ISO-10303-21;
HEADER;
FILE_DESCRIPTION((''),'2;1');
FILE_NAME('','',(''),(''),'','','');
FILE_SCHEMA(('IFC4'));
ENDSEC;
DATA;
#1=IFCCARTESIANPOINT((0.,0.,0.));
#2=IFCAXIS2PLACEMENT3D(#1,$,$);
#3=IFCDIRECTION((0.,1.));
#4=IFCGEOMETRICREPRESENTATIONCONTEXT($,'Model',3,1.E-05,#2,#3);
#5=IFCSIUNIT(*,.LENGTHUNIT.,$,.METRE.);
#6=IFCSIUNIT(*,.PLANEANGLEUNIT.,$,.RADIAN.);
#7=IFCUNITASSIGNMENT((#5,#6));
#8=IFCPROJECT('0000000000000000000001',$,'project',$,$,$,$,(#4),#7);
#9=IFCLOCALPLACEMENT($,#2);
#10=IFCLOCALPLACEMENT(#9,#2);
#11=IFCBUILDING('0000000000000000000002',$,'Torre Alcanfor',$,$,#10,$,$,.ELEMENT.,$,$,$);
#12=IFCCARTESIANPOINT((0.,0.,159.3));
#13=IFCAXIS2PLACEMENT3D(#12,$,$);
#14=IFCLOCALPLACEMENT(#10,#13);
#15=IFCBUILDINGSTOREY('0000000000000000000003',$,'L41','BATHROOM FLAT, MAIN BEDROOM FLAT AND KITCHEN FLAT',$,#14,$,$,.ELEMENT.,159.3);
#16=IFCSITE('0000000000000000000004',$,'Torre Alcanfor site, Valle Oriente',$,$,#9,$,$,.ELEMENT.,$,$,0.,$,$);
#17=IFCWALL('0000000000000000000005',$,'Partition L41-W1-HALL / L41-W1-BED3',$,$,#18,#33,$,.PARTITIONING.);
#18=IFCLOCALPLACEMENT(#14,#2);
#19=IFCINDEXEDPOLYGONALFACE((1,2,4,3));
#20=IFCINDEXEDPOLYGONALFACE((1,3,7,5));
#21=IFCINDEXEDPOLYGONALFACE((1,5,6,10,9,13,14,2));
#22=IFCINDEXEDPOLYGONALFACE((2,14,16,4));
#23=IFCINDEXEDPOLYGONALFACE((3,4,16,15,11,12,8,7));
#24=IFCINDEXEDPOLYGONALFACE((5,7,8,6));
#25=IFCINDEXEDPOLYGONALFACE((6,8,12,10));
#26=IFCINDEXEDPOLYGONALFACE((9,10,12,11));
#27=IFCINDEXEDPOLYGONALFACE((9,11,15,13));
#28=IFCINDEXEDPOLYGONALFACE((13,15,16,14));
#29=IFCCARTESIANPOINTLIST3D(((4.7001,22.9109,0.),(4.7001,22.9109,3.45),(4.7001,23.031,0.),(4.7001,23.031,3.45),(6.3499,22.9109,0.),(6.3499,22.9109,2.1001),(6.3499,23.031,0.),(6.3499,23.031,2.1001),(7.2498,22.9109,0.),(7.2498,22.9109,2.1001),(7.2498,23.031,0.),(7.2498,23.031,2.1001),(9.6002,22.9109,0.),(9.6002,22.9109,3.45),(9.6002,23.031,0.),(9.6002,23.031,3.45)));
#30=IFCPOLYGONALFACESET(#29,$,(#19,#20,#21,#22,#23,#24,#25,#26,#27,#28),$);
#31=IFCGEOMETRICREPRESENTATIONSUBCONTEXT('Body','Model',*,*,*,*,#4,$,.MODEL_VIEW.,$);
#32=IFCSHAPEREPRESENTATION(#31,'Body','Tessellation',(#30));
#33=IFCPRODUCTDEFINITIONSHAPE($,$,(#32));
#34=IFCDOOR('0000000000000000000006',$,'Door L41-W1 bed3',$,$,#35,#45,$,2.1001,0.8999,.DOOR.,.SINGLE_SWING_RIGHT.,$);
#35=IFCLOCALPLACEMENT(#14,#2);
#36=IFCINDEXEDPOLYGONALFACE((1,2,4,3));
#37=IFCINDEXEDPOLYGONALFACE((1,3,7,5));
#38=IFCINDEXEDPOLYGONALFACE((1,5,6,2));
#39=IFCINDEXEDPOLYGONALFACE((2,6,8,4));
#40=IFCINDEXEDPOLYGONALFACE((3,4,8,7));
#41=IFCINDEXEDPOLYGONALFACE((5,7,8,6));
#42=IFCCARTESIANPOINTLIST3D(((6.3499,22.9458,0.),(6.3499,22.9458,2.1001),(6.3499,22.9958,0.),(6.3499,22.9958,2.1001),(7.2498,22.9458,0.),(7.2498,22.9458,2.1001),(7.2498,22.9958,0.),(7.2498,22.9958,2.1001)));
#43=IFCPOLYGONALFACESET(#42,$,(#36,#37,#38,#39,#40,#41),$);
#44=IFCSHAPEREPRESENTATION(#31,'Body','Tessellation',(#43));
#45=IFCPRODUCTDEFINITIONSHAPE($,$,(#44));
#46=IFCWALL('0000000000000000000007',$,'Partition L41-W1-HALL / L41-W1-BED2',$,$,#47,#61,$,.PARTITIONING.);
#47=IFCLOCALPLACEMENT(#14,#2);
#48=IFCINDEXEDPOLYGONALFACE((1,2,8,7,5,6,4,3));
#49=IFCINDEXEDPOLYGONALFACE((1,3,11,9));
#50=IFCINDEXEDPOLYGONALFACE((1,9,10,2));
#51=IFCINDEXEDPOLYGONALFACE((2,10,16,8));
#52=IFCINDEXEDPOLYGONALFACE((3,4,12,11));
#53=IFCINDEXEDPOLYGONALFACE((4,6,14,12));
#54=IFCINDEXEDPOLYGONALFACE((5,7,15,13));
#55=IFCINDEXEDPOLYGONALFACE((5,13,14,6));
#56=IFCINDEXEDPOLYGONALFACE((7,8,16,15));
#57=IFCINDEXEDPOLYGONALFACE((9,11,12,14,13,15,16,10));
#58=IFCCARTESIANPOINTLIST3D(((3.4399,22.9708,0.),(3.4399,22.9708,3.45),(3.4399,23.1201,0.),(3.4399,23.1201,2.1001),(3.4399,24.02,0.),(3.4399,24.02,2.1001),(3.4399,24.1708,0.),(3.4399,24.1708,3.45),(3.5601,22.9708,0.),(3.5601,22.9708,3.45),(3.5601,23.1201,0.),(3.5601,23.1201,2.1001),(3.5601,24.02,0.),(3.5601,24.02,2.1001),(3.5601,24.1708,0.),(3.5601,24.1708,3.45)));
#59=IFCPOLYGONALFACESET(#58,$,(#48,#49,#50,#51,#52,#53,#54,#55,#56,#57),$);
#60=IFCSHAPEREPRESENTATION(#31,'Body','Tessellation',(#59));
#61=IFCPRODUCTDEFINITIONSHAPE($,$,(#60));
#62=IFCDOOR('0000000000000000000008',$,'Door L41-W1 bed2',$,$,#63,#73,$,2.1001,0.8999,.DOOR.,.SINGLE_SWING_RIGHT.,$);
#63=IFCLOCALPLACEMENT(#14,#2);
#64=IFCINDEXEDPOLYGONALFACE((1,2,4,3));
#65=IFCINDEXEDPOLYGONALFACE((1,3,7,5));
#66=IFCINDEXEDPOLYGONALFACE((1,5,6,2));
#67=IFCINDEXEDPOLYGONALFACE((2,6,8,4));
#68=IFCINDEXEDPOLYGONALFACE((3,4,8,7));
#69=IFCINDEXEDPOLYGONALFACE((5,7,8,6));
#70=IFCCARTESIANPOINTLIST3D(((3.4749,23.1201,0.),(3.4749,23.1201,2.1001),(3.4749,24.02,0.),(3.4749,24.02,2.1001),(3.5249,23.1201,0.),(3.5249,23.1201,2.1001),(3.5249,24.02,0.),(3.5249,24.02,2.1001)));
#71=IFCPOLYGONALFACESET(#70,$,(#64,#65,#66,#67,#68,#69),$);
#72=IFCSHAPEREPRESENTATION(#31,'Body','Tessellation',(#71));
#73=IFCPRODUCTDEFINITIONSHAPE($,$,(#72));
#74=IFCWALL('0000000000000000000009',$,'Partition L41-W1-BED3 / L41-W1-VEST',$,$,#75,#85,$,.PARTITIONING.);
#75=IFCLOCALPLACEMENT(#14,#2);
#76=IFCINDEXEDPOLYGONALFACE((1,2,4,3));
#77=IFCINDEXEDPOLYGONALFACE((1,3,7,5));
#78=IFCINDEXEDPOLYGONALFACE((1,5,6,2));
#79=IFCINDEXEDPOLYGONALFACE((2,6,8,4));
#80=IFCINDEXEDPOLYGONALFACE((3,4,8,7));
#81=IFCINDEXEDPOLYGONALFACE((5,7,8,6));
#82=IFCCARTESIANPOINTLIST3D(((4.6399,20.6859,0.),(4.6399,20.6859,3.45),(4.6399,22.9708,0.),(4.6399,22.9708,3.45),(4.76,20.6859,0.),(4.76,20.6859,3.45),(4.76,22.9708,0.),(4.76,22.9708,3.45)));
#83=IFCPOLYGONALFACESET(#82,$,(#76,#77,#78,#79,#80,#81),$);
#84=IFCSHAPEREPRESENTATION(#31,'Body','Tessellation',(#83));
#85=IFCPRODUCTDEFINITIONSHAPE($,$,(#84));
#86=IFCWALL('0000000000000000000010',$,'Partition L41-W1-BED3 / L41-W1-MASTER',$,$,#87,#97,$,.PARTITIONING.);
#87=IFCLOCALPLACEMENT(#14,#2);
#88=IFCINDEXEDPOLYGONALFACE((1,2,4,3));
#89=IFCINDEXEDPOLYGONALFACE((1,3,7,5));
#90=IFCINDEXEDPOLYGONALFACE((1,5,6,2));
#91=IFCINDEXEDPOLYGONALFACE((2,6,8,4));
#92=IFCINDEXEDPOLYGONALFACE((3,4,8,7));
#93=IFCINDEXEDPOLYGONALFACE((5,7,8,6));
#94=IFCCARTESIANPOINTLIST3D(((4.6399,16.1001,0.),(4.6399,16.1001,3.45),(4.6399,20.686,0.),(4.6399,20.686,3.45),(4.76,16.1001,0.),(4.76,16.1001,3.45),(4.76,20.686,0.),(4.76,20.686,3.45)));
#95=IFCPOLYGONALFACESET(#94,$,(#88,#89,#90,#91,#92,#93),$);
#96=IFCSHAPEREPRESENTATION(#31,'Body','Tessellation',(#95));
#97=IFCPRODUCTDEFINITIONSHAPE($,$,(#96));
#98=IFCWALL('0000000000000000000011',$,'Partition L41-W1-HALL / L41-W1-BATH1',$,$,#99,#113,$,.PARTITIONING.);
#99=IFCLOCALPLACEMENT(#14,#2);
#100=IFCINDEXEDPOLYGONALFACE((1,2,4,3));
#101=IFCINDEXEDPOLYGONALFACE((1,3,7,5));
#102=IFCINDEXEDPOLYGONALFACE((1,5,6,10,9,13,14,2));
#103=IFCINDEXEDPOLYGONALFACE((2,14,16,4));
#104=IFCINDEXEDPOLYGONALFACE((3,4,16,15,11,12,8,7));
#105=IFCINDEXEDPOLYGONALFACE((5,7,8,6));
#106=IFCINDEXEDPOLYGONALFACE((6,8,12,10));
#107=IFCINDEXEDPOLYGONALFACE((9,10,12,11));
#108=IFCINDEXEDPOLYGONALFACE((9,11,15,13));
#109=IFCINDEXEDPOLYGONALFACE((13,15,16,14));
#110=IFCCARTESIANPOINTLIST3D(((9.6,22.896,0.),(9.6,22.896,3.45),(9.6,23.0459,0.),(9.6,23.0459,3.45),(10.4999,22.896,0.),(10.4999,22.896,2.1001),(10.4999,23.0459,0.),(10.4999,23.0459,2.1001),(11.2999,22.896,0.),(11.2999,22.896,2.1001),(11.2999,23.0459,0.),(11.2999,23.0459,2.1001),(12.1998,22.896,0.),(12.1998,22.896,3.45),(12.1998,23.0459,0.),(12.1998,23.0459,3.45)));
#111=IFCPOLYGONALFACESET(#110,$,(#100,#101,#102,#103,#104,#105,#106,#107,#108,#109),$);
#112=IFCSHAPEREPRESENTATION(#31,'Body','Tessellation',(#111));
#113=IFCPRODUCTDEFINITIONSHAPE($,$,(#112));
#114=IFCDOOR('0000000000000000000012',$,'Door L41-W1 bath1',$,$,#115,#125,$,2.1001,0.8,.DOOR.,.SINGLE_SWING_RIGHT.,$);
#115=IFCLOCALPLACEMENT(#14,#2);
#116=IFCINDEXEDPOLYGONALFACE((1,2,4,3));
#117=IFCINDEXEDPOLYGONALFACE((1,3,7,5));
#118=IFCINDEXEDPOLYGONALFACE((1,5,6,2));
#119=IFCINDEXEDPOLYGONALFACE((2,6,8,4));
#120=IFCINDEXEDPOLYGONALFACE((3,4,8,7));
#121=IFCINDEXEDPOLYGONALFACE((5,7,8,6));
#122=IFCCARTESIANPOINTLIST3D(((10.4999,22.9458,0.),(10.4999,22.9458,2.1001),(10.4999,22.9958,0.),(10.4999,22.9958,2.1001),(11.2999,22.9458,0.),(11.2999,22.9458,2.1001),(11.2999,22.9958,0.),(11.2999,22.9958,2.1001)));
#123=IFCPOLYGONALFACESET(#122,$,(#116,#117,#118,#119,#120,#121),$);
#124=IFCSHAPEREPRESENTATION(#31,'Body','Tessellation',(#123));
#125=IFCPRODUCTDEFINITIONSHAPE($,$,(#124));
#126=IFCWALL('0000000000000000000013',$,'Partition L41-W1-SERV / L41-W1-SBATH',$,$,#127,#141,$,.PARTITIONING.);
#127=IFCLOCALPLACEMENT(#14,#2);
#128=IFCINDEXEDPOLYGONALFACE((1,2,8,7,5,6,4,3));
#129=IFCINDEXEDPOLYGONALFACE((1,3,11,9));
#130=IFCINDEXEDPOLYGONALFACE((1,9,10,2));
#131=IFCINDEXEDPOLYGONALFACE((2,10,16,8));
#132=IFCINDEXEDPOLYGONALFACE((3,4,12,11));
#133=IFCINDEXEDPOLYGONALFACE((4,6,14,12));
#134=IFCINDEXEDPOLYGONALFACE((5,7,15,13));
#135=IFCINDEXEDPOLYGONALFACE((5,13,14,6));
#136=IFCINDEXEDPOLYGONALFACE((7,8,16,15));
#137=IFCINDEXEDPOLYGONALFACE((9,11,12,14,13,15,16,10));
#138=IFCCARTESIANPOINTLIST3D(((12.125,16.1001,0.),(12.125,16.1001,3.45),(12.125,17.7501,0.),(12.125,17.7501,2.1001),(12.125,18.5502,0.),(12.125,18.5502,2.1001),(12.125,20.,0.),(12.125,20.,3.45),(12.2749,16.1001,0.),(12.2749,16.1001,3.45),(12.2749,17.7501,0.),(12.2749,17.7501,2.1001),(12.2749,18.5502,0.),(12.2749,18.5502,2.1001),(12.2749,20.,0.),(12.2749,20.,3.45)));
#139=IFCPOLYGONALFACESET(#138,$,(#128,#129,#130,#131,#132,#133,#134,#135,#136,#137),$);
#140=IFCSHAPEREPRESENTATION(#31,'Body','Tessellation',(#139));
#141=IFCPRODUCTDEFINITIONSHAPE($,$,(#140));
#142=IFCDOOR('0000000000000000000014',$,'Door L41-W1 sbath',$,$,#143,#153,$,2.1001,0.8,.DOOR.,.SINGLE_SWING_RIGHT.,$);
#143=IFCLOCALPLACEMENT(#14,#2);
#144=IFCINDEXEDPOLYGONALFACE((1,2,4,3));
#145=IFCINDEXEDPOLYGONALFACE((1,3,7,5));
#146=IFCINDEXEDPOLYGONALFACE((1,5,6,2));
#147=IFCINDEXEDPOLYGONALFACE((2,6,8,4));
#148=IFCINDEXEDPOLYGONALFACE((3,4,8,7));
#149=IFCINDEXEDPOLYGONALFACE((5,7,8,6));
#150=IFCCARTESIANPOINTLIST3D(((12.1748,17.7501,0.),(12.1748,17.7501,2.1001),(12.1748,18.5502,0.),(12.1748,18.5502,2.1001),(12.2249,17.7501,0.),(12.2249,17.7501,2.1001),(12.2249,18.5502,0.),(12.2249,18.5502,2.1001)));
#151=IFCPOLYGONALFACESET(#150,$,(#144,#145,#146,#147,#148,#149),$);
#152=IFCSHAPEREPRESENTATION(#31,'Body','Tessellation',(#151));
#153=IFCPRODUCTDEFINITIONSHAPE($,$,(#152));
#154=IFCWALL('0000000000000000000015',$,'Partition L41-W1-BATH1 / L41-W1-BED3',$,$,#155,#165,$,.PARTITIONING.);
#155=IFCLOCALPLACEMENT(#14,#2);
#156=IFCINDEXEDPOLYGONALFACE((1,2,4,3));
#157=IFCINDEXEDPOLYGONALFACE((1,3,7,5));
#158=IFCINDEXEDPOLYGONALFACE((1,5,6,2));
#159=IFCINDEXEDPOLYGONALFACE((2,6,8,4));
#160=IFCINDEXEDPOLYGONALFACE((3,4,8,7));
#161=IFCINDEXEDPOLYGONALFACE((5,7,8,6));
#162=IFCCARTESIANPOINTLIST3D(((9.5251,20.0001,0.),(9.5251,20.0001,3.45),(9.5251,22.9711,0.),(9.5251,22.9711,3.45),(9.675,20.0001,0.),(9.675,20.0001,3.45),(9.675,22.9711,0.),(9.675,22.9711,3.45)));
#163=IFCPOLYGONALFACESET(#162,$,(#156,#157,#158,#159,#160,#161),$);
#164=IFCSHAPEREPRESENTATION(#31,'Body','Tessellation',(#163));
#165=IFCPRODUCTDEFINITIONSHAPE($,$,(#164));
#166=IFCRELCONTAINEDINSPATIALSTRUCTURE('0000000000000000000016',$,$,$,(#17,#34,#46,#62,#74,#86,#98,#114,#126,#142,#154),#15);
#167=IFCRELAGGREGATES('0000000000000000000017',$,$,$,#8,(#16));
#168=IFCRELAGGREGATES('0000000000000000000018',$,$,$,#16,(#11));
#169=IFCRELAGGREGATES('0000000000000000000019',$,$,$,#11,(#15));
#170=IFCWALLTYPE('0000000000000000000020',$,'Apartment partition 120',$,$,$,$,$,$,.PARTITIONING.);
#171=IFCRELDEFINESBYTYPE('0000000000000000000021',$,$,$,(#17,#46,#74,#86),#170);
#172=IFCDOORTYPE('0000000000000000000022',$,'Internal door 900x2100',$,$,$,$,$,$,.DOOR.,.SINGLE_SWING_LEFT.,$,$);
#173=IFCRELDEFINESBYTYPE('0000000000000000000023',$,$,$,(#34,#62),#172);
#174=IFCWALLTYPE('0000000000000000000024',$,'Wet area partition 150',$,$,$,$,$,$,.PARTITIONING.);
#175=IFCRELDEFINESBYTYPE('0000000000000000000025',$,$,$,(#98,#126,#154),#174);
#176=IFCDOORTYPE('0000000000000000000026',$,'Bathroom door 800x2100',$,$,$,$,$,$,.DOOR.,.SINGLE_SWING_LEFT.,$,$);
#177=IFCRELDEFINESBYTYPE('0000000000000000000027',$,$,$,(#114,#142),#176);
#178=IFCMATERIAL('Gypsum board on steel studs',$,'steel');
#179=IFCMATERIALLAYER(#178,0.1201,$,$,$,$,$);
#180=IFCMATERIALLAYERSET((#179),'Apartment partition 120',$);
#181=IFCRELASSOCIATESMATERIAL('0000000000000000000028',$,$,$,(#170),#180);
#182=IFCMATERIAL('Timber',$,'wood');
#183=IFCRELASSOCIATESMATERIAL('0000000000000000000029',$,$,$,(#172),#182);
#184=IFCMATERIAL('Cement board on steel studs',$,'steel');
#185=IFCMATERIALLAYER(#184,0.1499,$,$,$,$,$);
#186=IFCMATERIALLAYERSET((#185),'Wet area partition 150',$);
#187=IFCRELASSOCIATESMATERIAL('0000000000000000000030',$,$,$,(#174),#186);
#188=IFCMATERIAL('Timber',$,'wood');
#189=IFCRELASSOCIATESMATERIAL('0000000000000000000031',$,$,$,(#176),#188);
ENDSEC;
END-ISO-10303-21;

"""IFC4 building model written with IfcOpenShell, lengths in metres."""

from ifc_helpers import new_model, si_unit, direction, frame, frame_2d, origin, place, context, subcontext, project, spatial, rectangle, extrude, material, layer, layer_set, type_object, element, fill, save


model = new_model("IFC4")

# Units and contexts
model_context = context("Model", 3, precision=1e-05, world=origin(), true_north=direction((0.0, 1.0)))
body_context = subcontext(model_context, "Body", "Model", "MODEL_VIEW")
ifc_project = project(units=[si_unit("LENGTHUNIT", "METRE"), si_unit("PLANEANGLEUNIT", "RADIAN")], contexts=[model_context])

# Site, building, storey
site_placement = place(None, origin())
site = spatial("IfcSite", under=ifc_project, at=site_placement, Name="Torre Alcanfor site, Valle Oriente", CompositionType="ELEMENT", RefElevation=0.0)
building_placement = place(site_placement, origin())
building = spatial("IfcBuilding", under=site, at=building_placement, Name="Torre Alcanfor", CompositionType="ELEMENT")
storey_placement = place(building_placement, frame((0.0, 0.0, 159.3)))
storey = spatial("IfcBuildingStorey", under=building, at=storey_placement, Name="L41", Description="BATHROOM FLAT, MAIN BEDROOM FLAT AND KITCHEN FLAT", CompositionType="ELEMENT", Elevation=159.3)

# Shared definitions
ifc_material_1 = material(Name="Gypsum board on steel studs", Category="steel")
ifc_layer_1 = layer(ifc_material_1, 0.1201)
ifc_layer_set_1 = layer_set([ifc_layer_1], Name="Apartment partition 120")
wall_type_1 = type_object("IfcWallType", Name="Apartment partition 120", PredefinedType="PARTITIONING", material=ifc_layer_set_1)
ifc_material_2 = material(Name="Timber", Category="wood")
door_type_1 = type_object("IfcDoorType", Name="Internal door 900x2100", OperationType="SINGLE_SWING_LEFT", PredefinedType="DOOR", material=ifc_material_2)

# Walls, openings, doors
wall_1_placement = place(storey_placement, frame((4.7, 22.9709, 0.0), z_axis=(0.0, 0.0, 1.0), x_axis=(1.0, 0.0, 0.0)))
wall_1 = element("IfcWall", 1, at=wall_1_placement, inside=storey, type_object=wall_type_1, Name="Partition L41-W1-HALL / L41-W1-BED3", PredefinedType="PARTITIONING", context=body_context, shape_type="SweptSolid", body=[
    extrude(rectangle(XDim=4.9001, YDim=0.1201, at=frame_2d((2.4502, 0.0))), origin(), (0.0, 0.0, 1.0), 3.45),
])
opening_1_placement = place(wall_1_placement, frame((1.6499, 0.0, 0.0)))
opening_1 = element("IfcOpeningElement", 2, at=opening_1_placement, cuts=wall_1, PredefinedType="OPENING", context=body_context, shape_type="SweptSolid", body=[
    extrude(rectangle(XDim=0.8999, YDim=2.1001, at=frame_2d((0.45, 1.05))), frame((0.0, 0.0701, 0.0), z_axis=(0.0, -1.0, 0.0), x_axis=(1.0, 0.0, 0.0)), (0.0, 0.0, 1.0), 0.1401),
])
door_1_placement = place(opening_1_placement, frame((0.8999, 0.0, 0.0), z_axis=(0.0, 0.0, 1.0), x_axis=(-1.0, 0.0, 0.0)))
door_1 = element("IfcDoor", 3, at=door_1_placement, inside=storey, type_object=door_type_1, Name="Door L41-W1 bed3", OperationType="SINGLE_SWING_RIGHT", OverallHeight=2.1001, OverallWidth=0.8999, PredefinedType="DOOR", context=body_context, shape_type="SweptSolid", body=[
    extrude(rectangle(XDim=0.8999, YDim=2.1001, at=frame_2d((0.45, 1.05))), frame((0.0, 0.0251, 0.0), z_axis=(0.0, -1.0, 0.0), x_axis=(1.0, 0.0, 0.0)), (0.0, 0.0, 1.0), 0.05),
])
fill(opening_1, door_1)
wall_2_placement = place(storey_placement, frame((3.5, 24.1709, 0.0), z_axis=(0.0, 0.0, 1.0), x_axis=(0.0, -1.0, 0.0)))
wall_2 = element("IfcWall", 4, at=wall_2_placement, inside=storey, type_object=wall_type_1, Name="Partition L41-W1-HALL / L41-W1-BED2", PredefinedType="PARTITIONING", context=body_context, shape_type="SweptSolid", body=[
    extrude(rectangle(XDim=1.2, YDim=0.1201, at=frame_2d((0.6001, 0.0))), origin(), (0.0, 0.0, 1.0), 3.45),
])
opening_2_placement = place(wall_2_placement, frame((0.1509, 0.0, 0.0)))
opening_2 = element("IfcOpeningElement", 5, at=opening_2_placement, cuts=wall_2, PredefinedType="OPENING", context=body_context, shape_type="SweptSolid", body=[
    extrude(rectangle(XDim=0.8999, YDim=2.1001, at=frame_2d((0.45, 1.05))), frame((0.0, 0.0701, 0.0), z_axis=(0.0, -1.0, 0.0), x_axis=(1.0, 0.0, 0.0)), (0.0, 0.0, 1.0), 0.1401),
])
door_2_placement = place(opening_2_placement, frame((0.8999, 0.0, 0.0), z_axis=(0.0, 0.0, 1.0), x_axis=(-1.0, 0.0, 0.0)))
door_2 = element("IfcDoor", 6, at=door_2_placement, inside=storey, type_object=door_type_1, Name="Door L41-W1 bed2", OperationType="SINGLE_SWING_RIGHT", OverallHeight=2.1001, OverallWidth=0.8999, PredefinedType="DOOR", context=body_context, shape_type="SweptSolid", body=[
    extrude(rectangle(XDim=0.8999, YDim=2.1001, at=frame_2d((0.45, 1.05))), frame((0.0, 0.0251, 0.0), z_axis=(0.0, -1.0, 0.0), x_axis=(1.0, 0.0, 0.0)), (0.0, 0.0, 1.0), 0.05),
])
fill(opening_2, door_2)

# Walls
wall_3_placement = place(storey_placement, frame((4.7, 22.9709, 0.0), z_axis=(0.0, 0.0, 1.0), x_axis=(0.0, -1.0, 0.0)))
element("IfcWall", 7, at=wall_3_placement, inside=storey, type_object=wall_type_1, Name="Partition L41-W1-BED3 / L41-W1-VEST", PredefinedType="PARTITIONING", context=body_context, shape_type="SweptSolid", body=[
    extrude(rectangle(XDim=2.2849, YDim=0.1201, at=frame_2d((1.1426, 0.0))), origin(), (0.0, 0.0, 1.0), 3.45),
])
wall_4_placement = place(storey_placement, frame((4.7, 20.686, 0.0), z_axis=(0.0, 0.0, 1.0), x_axis=(0.0, -1.0, 0.0)))
element("IfcWall", 8, at=wall_4_placement, inside=storey, type_object=wall_type_1, Name="Partition L41-W1-BED3 / L41-W1-MASTER", PredefinedType="PARTITIONING", context=body_context, shape_type="SweptSolid", body=[
    extrude(rectangle(XDim=4.5859, YDim=0.1201, at=frame_2d((2.293, 0.0))), origin(), (0.0, 0.0, 1.0), 3.45),
])

# Walls, openings, doors
ifc_material_3 = material(Name="Cement board on steel studs", Category="steel")
ifc_layer_2 = layer(ifc_material_3, 0.1499)
ifc_layer_set_2 = layer_set([ifc_layer_2], Name="Wet area partition 150")
wall_type_2 = type_object("IfcWallType", Name="Wet area partition 150", PredefinedType="PARTITIONING", material=ifc_layer_set_2)
wall_5_placement = place(storey_placement, frame((9.6001, 22.9709, 0.0), z_axis=(0.0, 0.0, 1.0), x_axis=(1.0, 0.0, 0.0)))
wall_5 = element("IfcWall", 9, at=wall_5_placement, inside=storey, type_object=wall_type_2, Name="Partition L41-W1-HALL / L41-W1-BATH1", PredefinedType="PARTITIONING", context=body_context, shape_type="SweptSolid", body=[
    extrude(rectangle(XDim=2.5999, YDim=0.1499, at=frame_2d((1.2998, 0.0))), origin(), (0.0, 0.0, 1.0), 3.45),
])
opening_3_placement = place(wall_5_placement, frame((0.8999, 0.0, 0.0)))
opening_3 = element("IfcOpeningElement", 10, at=opening_3_placement, cuts=wall_5, PredefinedType="OPENING", context=body_context, shape_type="SweptSolid", body=[
    extrude(rectangle(XDim=0.8, YDim=2.1001, at=frame_2d((0.3999, 1.05))), frame((0.0, 0.085, 0.0), z_axis=(0.0, -1.0, 0.0), x_axis=(1.0, 0.0, 0.0)), (0.0, 0.0, 1.0), 0.1699),
])
ifc_material_4 = material(Name="Timber", Category="wood")
door_type_2 = type_object("IfcDoorType", Name="Bathroom door 800x2100", OperationType="SINGLE_SWING_LEFT", PredefinedType="DOOR", material=ifc_material_4)
door_3_placement = place(opening_3_placement, frame((0.8, 0.0, 0.0), z_axis=(0.0, 0.0, 1.0), x_axis=(-1.0, 0.0, 0.0)))
door_3 = element("IfcDoor", 11, at=door_3_placement, inside=storey, type_object=door_type_2, Name="Door L41-W1 bath1", OperationType="SINGLE_SWING_RIGHT", OverallHeight=2.1001, OverallWidth=0.8, PredefinedType="DOOR", context=body_context, shape_type="SweptSolid", body=[
    extrude(rectangle(XDim=0.8, YDim=2.1001, at=frame_2d((0.4001, 1.05))), frame((0.0, 0.0251, 0.0), z_axis=(0.0, -1.0, 0.0), x_axis=(1.0, 0.0, 0.0)), (0.0, 0.0, 1.0), 0.05),
])
fill(opening_3, door_3)
wall_6_placement = place(storey_placement, frame((12.2, 20.0, 0.0), z_axis=(0.0, 0.0, 1.0), x_axis=(0.0, -1.0, 0.0)))
wall_6 = element("IfcWall", 12, at=wall_6_placement, inside=storey, type_object=wall_type_2, Name="Partition L41-W1-SERV / L41-W1-SBATH", PredefinedType="PARTITIONING", context=body_context, shape_type="SweptSolid", body=[
    extrude(rectangle(XDim=3.8999, YDim=0.1499, at=frame_2d((1.95, 0.0))), origin(), (0.0, 0.0, 1.0), 3.45),
])
opening_4_placement = place(wall_6_placement, frame((1.45, 0.0, 0.0)))
opening_4 = element("IfcOpeningElement", 13, at=opening_4_placement, cuts=wall_6, PredefinedType="OPENING", context=body_context, shape_type="SweptSolid", body=[
    extrude(rectangle(XDim=0.8, YDim=2.1001, at=frame_2d((0.3999, 1.05))), frame((0.0, 0.085, 0.0), z_axis=(0.0, -1.0, 0.0), x_axis=(1.0, 0.0, 0.0)), (0.0, 0.0, 1.0), 0.1699),
])
door_4_placement = place(opening_4_placement, frame((0.8, 0.0, 0.0), z_axis=(0.0, 0.0, 1.0), x_axis=(-1.0, 0.0, 0.0)))
door_4 = element("IfcDoor", 14, at=door_4_placement, inside=storey, type_object=door_type_2, Name="Door L41-W1 sbath", OperationType="SINGLE_SWING_RIGHT", OverallHeight=2.1001, OverallWidth=0.8, PredefinedType="DOOR", context=body_context, shape_type="SweptSolid", body=[
    extrude(rectangle(XDim=0.8, YDim=2.1001, at=frame_2d((0.4001, 1.05))), frame((0.0, 0.0251, 0.0), z_axis=(0.0, -1.0, 0.0), x_axis=(1.0, 0.0, 0.0)), (0.0, 0.0, 1.0), 0.05),
])
fill(opening_4, door_4)

# Wall
wall_7_placement = place(storey_placement, frame((9.6001, 22.9709, 0.0), z_axis=(0.0, 0.0, 1.0), x_axis=(0.0, -1.0, 0.0)))
element("IfcWall", 15, at=wall_7_placement, inside=storey, type_object=wall_type_2, Name="Partition L41-W1-BATH1 / L41-W1-BED3", PredefinedType="PARTITIONING", context=body_context, shape_type="SweptSolid", body=[
    extrude(rectangle(XDim=2.9709, YDim=0.1499, at=frame_2d((1.4854, 0.0))), origin(), (0.0, 0.0, 1.0), 3.45),
])

save(model, "model.ifc")
